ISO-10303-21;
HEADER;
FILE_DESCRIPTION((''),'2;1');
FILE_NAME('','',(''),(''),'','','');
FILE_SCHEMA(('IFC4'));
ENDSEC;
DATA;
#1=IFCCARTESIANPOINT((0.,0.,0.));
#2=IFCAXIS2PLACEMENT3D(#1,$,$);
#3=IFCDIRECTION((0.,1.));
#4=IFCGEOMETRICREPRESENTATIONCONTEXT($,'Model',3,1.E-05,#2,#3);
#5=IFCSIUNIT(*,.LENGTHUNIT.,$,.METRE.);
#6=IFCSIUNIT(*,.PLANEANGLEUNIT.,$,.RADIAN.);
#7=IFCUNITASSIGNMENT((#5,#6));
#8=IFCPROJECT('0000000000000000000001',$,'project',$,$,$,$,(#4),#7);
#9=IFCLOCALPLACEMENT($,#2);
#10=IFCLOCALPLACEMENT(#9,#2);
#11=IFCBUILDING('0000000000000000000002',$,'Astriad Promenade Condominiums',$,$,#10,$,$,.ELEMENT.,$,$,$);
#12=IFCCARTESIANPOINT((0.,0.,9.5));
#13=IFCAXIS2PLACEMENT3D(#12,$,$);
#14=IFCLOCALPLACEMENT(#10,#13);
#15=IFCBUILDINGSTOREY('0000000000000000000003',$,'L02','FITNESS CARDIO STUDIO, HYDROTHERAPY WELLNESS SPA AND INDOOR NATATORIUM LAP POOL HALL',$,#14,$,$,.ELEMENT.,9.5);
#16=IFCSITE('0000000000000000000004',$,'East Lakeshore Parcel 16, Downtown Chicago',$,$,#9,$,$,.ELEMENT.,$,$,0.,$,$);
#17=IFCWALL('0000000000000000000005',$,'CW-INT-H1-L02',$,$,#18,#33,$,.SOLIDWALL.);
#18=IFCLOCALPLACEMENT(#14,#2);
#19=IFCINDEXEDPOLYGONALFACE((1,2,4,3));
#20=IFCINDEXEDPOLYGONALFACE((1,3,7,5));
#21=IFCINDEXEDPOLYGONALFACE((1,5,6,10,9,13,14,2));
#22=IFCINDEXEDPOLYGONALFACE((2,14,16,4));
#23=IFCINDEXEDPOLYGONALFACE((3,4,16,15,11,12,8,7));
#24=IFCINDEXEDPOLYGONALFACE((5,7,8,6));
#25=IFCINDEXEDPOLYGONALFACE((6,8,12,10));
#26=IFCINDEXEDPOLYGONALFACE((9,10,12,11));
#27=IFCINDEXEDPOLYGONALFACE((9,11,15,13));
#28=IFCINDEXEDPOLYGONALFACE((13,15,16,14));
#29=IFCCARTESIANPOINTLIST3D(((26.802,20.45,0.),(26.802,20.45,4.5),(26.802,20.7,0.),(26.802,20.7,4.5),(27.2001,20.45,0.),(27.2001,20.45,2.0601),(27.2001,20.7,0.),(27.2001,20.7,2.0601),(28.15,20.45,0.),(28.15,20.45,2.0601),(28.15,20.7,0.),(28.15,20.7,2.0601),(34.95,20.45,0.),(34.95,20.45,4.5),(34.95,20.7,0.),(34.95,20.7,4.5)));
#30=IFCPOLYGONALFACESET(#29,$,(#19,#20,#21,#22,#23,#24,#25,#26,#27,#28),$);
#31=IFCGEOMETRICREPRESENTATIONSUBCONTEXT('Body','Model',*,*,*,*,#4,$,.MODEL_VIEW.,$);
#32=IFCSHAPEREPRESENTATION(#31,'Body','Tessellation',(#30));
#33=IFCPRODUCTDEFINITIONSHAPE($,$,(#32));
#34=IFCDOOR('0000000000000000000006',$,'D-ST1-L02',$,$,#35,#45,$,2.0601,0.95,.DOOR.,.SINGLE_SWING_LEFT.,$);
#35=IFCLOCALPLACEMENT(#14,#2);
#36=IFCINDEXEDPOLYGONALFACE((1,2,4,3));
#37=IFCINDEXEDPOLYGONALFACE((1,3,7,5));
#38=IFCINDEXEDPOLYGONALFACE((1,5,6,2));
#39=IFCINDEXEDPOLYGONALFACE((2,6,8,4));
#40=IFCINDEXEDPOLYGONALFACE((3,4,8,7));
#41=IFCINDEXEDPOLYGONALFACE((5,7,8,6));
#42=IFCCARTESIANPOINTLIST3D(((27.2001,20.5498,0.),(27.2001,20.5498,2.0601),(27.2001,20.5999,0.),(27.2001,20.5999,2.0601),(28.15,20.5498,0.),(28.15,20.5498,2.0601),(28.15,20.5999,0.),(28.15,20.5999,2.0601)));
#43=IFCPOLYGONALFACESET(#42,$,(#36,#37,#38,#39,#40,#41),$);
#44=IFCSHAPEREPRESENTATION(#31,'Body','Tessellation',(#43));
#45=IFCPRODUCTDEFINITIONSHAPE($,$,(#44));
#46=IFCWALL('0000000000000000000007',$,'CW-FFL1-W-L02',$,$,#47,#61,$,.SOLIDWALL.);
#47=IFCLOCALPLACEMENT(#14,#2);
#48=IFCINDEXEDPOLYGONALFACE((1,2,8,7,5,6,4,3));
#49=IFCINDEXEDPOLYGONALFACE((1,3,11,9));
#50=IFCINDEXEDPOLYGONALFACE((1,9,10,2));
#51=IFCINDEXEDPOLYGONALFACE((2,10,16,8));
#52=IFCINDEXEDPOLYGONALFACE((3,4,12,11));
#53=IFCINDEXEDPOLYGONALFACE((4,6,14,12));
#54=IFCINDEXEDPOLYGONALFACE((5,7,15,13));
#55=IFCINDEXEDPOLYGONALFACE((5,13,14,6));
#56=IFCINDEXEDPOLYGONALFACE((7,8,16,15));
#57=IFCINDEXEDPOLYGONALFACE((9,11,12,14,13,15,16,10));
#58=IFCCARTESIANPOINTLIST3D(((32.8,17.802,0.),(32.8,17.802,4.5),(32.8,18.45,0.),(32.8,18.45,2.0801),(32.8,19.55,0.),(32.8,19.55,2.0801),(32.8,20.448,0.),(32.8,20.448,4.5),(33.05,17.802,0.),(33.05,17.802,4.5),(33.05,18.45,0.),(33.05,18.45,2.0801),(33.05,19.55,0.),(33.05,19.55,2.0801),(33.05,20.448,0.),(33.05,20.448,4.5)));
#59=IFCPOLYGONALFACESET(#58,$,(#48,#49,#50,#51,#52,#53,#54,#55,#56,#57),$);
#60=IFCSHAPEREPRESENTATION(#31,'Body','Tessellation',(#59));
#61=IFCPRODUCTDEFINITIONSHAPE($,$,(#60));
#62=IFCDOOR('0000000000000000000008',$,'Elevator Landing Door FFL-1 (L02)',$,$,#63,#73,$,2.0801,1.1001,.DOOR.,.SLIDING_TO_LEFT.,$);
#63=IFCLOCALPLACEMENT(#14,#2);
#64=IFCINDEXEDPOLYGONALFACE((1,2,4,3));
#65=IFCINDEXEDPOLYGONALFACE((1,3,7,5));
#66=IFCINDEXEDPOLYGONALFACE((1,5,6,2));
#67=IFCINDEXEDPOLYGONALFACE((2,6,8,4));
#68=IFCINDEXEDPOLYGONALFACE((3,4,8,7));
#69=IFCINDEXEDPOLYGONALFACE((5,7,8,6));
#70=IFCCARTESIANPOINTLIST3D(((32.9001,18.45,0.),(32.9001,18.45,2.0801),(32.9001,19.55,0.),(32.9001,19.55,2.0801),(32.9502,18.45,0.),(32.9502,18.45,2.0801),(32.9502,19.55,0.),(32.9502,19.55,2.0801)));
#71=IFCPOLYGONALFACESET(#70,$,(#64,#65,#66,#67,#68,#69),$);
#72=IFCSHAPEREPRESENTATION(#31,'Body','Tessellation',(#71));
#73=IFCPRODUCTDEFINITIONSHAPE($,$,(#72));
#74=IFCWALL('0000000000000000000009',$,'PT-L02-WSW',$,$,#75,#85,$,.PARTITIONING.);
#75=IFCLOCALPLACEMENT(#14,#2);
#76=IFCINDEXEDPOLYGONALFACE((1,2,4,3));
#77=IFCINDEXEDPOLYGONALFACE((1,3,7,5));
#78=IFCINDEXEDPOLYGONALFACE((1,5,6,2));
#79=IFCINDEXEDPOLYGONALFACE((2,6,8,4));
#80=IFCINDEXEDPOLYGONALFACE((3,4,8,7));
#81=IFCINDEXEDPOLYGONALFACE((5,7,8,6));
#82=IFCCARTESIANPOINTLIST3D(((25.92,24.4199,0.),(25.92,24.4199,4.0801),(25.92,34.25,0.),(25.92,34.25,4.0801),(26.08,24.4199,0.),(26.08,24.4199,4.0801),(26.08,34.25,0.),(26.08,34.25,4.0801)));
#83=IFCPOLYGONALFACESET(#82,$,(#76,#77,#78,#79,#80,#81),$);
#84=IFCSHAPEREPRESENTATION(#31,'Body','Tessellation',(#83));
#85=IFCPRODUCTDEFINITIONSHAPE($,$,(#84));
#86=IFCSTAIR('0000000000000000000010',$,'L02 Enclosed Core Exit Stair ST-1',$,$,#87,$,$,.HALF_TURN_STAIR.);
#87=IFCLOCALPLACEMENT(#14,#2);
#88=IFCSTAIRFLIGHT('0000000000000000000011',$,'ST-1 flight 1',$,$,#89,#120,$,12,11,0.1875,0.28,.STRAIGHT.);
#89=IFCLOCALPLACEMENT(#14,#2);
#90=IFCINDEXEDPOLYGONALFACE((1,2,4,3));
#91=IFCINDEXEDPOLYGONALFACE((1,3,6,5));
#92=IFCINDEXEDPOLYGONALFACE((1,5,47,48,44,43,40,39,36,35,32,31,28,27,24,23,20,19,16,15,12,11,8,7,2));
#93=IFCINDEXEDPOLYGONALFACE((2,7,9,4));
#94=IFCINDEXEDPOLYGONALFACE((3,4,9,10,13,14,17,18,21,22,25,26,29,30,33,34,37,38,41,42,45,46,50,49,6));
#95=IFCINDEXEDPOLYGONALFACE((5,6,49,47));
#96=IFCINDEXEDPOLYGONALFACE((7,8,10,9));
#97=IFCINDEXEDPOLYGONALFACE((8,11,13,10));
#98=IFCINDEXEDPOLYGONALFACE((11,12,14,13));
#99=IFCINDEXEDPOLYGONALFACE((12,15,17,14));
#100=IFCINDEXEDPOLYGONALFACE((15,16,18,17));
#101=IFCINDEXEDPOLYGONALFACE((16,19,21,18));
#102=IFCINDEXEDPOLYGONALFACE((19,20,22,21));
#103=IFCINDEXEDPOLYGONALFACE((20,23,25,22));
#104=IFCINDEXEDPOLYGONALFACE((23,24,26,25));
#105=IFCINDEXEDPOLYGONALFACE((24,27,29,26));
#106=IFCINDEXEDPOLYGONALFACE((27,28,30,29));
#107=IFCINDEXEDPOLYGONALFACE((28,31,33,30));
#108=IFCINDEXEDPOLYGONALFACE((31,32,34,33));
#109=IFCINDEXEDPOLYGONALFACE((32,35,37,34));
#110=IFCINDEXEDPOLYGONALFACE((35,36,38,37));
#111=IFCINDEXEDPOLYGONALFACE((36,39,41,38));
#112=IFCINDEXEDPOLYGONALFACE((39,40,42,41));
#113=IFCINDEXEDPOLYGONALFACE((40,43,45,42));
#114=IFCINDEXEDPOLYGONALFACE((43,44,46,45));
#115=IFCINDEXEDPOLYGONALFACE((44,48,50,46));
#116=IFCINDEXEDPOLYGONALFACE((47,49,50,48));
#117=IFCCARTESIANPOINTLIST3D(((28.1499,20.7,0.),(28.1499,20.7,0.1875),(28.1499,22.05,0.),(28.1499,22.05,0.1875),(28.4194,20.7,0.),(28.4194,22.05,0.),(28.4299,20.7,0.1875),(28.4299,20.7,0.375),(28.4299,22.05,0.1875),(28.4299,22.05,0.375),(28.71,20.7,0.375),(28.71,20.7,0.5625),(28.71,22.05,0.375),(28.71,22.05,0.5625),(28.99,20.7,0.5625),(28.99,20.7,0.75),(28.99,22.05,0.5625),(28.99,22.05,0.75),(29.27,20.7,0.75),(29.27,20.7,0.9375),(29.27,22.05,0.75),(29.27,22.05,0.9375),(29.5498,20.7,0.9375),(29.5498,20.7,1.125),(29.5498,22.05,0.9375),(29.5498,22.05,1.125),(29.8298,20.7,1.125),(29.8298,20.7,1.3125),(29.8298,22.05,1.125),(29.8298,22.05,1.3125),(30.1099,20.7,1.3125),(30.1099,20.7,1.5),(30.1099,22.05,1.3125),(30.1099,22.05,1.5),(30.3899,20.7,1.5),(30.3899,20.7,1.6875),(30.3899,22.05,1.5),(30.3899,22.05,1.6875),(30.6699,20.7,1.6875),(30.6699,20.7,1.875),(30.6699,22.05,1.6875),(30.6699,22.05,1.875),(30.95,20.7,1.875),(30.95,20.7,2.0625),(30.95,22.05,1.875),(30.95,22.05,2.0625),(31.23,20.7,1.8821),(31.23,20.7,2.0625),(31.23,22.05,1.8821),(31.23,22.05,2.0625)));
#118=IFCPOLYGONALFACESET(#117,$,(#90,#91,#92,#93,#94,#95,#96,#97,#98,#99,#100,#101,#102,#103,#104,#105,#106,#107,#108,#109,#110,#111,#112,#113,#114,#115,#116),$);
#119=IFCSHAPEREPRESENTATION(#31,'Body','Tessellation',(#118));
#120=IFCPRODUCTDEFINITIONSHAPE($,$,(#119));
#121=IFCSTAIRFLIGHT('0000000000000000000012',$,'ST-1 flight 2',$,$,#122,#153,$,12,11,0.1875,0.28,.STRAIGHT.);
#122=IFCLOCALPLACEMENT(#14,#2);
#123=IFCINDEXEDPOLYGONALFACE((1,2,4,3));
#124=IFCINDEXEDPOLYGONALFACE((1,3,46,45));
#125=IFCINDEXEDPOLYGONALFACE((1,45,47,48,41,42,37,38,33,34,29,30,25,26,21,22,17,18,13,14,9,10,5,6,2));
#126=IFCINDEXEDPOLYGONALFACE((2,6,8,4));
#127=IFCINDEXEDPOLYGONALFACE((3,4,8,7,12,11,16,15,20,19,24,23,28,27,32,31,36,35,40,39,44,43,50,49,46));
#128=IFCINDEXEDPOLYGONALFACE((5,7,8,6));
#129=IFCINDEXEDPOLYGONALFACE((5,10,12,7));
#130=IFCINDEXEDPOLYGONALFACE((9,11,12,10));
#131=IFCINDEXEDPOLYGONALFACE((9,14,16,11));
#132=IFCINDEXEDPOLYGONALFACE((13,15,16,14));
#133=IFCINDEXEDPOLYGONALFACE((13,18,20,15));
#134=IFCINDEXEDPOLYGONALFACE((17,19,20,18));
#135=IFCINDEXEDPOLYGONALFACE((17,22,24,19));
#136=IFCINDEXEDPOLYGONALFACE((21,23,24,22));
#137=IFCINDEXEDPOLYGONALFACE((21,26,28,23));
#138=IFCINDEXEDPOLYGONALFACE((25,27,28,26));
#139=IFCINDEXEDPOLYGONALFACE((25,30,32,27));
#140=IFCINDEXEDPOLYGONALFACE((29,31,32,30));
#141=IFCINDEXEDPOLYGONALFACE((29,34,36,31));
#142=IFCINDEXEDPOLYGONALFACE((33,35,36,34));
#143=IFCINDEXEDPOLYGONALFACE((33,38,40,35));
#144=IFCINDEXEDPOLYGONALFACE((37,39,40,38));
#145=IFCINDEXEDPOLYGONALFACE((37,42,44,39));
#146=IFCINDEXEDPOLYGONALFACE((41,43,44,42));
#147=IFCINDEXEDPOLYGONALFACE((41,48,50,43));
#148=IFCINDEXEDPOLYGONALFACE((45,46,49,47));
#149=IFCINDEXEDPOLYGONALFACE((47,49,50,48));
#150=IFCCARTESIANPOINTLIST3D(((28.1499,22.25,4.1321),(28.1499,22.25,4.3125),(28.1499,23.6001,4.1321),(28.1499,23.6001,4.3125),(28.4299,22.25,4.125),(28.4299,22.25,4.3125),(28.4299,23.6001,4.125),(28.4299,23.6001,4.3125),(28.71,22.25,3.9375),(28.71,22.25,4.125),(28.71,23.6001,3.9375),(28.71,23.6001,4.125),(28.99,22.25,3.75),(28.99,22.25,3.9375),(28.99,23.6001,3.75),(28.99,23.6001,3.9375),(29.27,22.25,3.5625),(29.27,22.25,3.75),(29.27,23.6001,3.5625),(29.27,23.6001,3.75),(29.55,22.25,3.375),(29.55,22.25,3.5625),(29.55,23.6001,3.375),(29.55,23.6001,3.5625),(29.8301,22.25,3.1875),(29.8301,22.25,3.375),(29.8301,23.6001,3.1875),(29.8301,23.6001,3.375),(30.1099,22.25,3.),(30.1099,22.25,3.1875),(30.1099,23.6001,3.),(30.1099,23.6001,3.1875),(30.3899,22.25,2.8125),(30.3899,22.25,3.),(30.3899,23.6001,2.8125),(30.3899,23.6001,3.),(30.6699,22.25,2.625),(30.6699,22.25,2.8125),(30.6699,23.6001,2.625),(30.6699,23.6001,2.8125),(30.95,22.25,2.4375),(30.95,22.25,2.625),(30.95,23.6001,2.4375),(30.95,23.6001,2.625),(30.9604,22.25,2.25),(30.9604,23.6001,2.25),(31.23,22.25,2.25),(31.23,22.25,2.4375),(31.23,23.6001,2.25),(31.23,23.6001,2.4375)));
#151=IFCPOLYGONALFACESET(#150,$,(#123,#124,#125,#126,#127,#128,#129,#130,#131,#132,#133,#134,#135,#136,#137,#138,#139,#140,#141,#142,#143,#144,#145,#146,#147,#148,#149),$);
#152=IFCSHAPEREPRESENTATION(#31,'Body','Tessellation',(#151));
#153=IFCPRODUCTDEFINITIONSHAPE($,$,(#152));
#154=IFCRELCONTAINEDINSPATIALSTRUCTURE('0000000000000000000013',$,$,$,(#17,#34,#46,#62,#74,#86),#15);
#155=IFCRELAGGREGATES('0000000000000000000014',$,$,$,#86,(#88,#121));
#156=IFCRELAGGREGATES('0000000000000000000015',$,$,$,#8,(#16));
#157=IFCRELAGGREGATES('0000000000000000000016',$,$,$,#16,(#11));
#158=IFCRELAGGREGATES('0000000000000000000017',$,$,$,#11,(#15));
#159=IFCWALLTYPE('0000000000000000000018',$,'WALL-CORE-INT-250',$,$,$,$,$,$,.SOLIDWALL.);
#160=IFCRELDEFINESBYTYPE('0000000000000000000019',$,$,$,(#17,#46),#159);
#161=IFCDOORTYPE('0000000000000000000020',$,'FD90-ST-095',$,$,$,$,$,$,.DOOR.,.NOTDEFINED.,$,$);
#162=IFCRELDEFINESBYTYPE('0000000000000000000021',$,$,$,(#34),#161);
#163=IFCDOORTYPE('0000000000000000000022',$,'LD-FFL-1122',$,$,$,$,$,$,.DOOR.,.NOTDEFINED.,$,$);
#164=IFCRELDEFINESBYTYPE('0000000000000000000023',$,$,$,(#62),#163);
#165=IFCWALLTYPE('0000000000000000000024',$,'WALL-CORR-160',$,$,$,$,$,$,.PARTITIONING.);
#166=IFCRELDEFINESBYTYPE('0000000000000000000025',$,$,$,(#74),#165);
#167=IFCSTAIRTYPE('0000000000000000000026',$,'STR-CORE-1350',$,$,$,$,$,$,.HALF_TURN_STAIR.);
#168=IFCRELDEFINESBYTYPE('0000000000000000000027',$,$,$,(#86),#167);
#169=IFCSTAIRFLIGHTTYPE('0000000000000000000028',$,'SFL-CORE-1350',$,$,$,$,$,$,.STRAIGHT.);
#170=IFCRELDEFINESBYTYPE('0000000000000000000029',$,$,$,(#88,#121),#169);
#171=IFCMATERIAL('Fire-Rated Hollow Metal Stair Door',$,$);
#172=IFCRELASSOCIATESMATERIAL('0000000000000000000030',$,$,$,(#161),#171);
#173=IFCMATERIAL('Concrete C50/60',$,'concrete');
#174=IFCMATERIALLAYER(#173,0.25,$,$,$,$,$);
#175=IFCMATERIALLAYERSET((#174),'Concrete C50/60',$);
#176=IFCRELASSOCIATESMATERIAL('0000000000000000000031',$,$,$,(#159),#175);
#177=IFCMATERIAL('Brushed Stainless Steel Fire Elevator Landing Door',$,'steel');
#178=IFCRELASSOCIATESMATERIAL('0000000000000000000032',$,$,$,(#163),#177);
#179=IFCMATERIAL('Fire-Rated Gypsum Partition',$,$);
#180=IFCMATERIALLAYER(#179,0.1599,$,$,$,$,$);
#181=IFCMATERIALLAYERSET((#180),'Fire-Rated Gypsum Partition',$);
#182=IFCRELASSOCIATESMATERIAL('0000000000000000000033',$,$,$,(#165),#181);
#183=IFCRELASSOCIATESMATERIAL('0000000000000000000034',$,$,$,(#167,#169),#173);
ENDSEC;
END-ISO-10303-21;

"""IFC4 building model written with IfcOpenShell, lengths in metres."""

from ifc_helpers import new_model, si_unit, direction, frame, frame_2d, origin, place, context, subcontext, project, spatial, polyline, rectangle, outline, extrude, source, transform, mapped, material, layer, layer_set, type_object, type_shapes, element, fill, aggregate, save


model = new_model("IFC4")

# Units and contexts
model_context = context("Model", 3, precision=1e-05, world=origin(), true_north=direction((0.0, 1.0)))
body_context = subcontext(model_context, "Body", "Model", "MODEL_VIEW")
ifc_project = project(units=[si_unit("LENGTHUNIT", "METRE"), si_unit("PLANEANGLEUNIT", "RADIAN")], contexts=[model_context])

# Site, building, storey
site_placement = place(None, origin())
site = spatial("IfcSite", under=ifc_project, at=site_placement, Name="East Lakeshore Parcel 16, Downtown Chicago", CompositionType="ELEMENT", RefElevation=0.0)
building_placement = place(site_placement, origin())
building = spatial("IfcBuilding", under=site, at=building_placement, Name="Astriad Promenade Condominiums", CompositionType="ELEMENT")
storey_placement = place(building_placement, frame((0.0, 0.0, 9.5)))
storey = spatial("IfcBuildingStorey", under=building, at=storey_placement, Name="L02", Description="FITNESS CARDIO STUDIO, HYDROTHERAPY WELLNESS SPA AND INDOOR NATATORIUM LAP POOL HALL", CompositionType="ELEMENT", Elevation=9.5)

# Shared definitions
ifc_material_1 = material(Name="Fire-Rated Hollow Metal Stair Door")
door_type_1 = type_object("IfcDoorType", Name="FD90-ST-095", OperationType="NOTDEFINED", PredefinedType="DOOR", material=ifc_material_1)
shared_shape_1 = source(origin(), body_context, "Body", "SweptSolid", [
    extrude(rectangle(XDim=0.95, YDim=2.0601, at=frame_2d((0.4751, 1.03))), frame((0.0, 0.0249, 0.0), z_axis=(0.0, -1.0, 0.0), x_axis=(1.0, 0.0, 0.0)), (0.0, 0.0, 1.0), 0.05),
])
type_shapes(door_type_1, [shared_shape_1])

# Walls, openings, doors
ifc_material_2 = material(Name="Concrete C50/60", Category="concrete")
ifc_layer_1 = layer(ifc_material_2, 0.25)
ifc_layer_set_1 = layer_set([ifc_layer_1], Name="Concrete C50/60")
wall_type_1 = type_object("IfcWallType", Name="WALL-CORE-INT-250", PredefinedType="SOLIDWALL", material=ifc_layer_set_1)
wall_1_placement = place(storey_placement, frame((26.802, 20.575, 0.0), z_axis=(0.0, 0.0, 1.0), x_axis=(1.0, 0.0, 0.0)))
wall_1 = element("IfcWall", 1, at=wall_1_placement, inside=storey, type_object=wall_type_1, Name="CW-INT-H1-L02", PredefinedType="SOLIDWALL", context=body_context, shape_type="SweptSolid", body=[
    extrude(rectangle(XDim=8.1479, YDim=0.25, at=frame_2d((4.074, 0.0))), origin(), (0.0, 0.0, 1.0), 4.5),
])
opening_1_placement = place(wall_1_placement, frame((0.3979, 0.0, 0.0)))
opening_1 = element("IfcOpeningElement", 2, at=opening_1_placement, cuts=wall_1, PredefinedType="OPENING", context=body_context, shape_type="SweptSolid", body=[
    extrude(rectangle(XDim=0.95, YDim=2.0601, at=frame_2d((0.4751, 1.03))), frame((0.0, 0.135, 0.0), z_axis=(0.0, -1.0, 0.0), x_axis=(1.0, 0.0, 0.0)), (0.0, 0.0, 1.0), 0.27),
])
door_1_placement = place(opening_1_placement, origin())
door_1 = element("IfcDoor", 3, at=door_1_placement, inside=storey, type_object=door_type_1, Name="D-ST1-L02", OperationType="SINGLE_SWING_LEFT", OverallHeight=2.0601, OverallWidth=0.95, PredefinedType="DOOR", context=body_context, shape_type="MappedRepresentation", body=[
    mapped(shared_shape_1, transform((0.0, 0.0, 0.0), scale=1.0)),
])
fill(opening_1, door_1)
wall_2_placement = place(storey_placement, frame((32.925, 17.802, 0.0), z_axis=(0.0, 0.0, 1.0), x_axis=(0.0, 1.0, 0.0)))
wall_2 = element("IfcWall", 4, at=wall_2_placement, inside=storey, type_object=wall_type_1, Name="CW-FFL1-W-L02", PredefinedType="SOLIDWALL", context=body_context, shape_type="SweptSolid", body=[
    extrude(rectangle(XDim=2.646, YDim=0.25, at=frame_2d((1.323, 0.0))), origin(), (0.0, 0.0, 1.0), 4.5),
])
opening_2_placement = place(wall_2_placement, frame((0.6479, 0.0, 0.0)))
opening_2 = element("IfcOpeningElement", 5, at=opening_2_placement, cuts=wall_2, PredefinedType="OPENING", context=body_context, shape_type="SweptSolid", body=[
    extrude(rectangle(XDim=1.1001, YDim=2.0801, at=frame_2d((0.55, 1.04))), frame((0.0, 0.135, 0.0), z_axis=(0.0, -1.0, 0.0), x_axis=(1.0, 0.0, 0.0)), (0.0, 0.0, 1.0), 0.27),
])
ifc_material_3 = material(Name="Brushed Stainless Steel Fire Elevator Landing Door", Category="steel")
door_type_2 = type_object("IfcDoorType", Name="LD-FFL-1122", OperationType="NOTDEFINED", PredefinedType="DOOR", material=ifc_material_3)
shared_shape_2 = source(origin(), body_context, "Body", "SweptSolid", [
    extrude(rectangle(XDim=1.1001, YDim=2.0801, at=frame_2d((0.55, 1.04))), frame((0.0, 0.0249, 0.0), z_axis=(0.0, -1.0, 0.0), x_axis=(1.0, 0.0, 0.0)), (0.0, 0.0, 1.0), 0.05),
])
type_shapes(door_type_2, [shared_shape_2])
door_2_placement = place(opening_2_placement, origin())
door_2 = element("IfcDoor", 6, at=door_2_placement, inside=storey, type_object=door_type_2, Name="Elevator Landing Door FFL-1 (L02)", OperationType="SLIDING_TO_LEFT", OverallHeight=2.0801, OverallWidth=1.1001, PredefinedType="DOOR", context=body_context, shape_type="MappedRepresentation", body=[
    mapped(shared_shape_2, transform((0.0, 0.0, 0.0), scale=1.0)),
])
fill(opening_2, door_2)

# Wall
ifc_material_4 = material(Name="Fire-Rated Gypsum Partition")
ifc_layer_2 = layer(ifc_material_4, 0.1599)
ifc_layer_set_2 = layer_set([ifc_layer_2], Name="Fire-Rated Gypsum Partition")
wall_type_2 = type_object("IfcWallType", Name="WALL-CORR-160", PredefinedType="PARTITIONING", material=ifc_layer_set_2)
wall_3_placement = place(storey_placement, frame((26.0, 24.4199, 0.0), z_axis=(0.0, 0.0, 1.0), x_axis=(0.0, 1.0, 0.0)))
element("IfcWall", 7, at=wall_3_placement, inside=storey, type_object=wall_type_2, Name="PT-L02-WSW", PredefinedType="PARTITIONING", context=body_context, shape_type="SweptSolid", body=[
    extrude(rectangle(XDim=9.8301, YDim=0.1599, at=frame_2d((4.915, 0.0))), origin(), (0.0, 0.0, 1.0), 4.0801),
])

# Stair, stair flights
stair_type = type_object("IfcStairType", Name="STR-CORE-1350", PredefinedType="HALF_TURN_STAIR", material=ifc_material_2)
stair_placement = place(storey_placement, origin())
stair = element("IfcStair", 8, at=stair_placement, inside=storey, type_object=stair_type, Name="L02 Enclosed Core Exit Stair ST-1", PredefinedType="HALF_TURN_STAIR")
stair_flight_type = type_object("IfcStairFlightType", Name="SFL-CORE-1350", PredefinedType="STRAIGHT", material=ifc_material_2)
shared_shape_3 = source(origin(), body_context, "Body", "SweptSolid", [
    extrude(outline(polyline([(0.0, 0.0), (0.0, 0.1875), (0.28, 0.1875), (0.28, 0.375), (0.5601, 0.375), (0.5601, 0.5625), (0.8401, 0.5625), (0.8401, 0.75), (1.1201, 0.75), (1.1201, 0.9375), (1.3999, 0.9375), (1.3999, 1.125), (1.6799, 1.125), (1.6799, 1.3125), (1.96, 1.3125), (1.96, 1.5), (2.24, 1.5), (2.24, 1.6875), (2.52, 1.6875), (2.52, 1.875), (2.8, 1.875), (2.8, 2.0625), (3.0801, 2.0625), (3.0801, 2.25), (3.0801, 1.8821), (0.2695, 0.0), (0.0, 0.0)])), frame((0.0, 0.675, 0.0), z_axis=(0.0, -1.0, 0.0), x_axis=(1.0, 0.0, 0.0)), (0.0, 0.0, 1.0), 1.3501),
])
type_shapes(stair_flight_type, [shared_shape_3])
stair_flight_1_placement = place(storey_placement, frame((28.1499, 21.375, 0.0), z_axis=(0.0, 0.0, 1.0), x_axis=(1.0, 0.0, 0.0)))
stair_flight_1 = element("IfcStairFlight", 9, at=stair_flight_1_placement, type_object=stair_flight_type, Name="ST-1 flight 1", NumberOfRisers=12, NumberOfTreads=11, PredefinedType="STRAIGHT", RiserHeight=0.1875, TreadLength=0.28, context=body_context, shape_type="MappedRepresentation", body=[
    mapped(shared_shape_3, transform((0.0, 0.0, 0.0), scale=1.0)),
])
stair_flight_2_placement = place(storey_placement, frame((31.23, 22.925, 2.25), z_axis=(0.0, 0.0, 1.0), x_axis=(-1.0, 0.0, 0.0)))
stair_flight_2 = element("IfcStairFlight", 10, at=stair_flight_2_placement, type_object=stair_flight_type, Name="ST-1 flight 2", NumberOfRisers=12, NumberOfTreads=11, PredefinedType="STRAIGHT", RiserHeight=0.1875, TreadLength=0.28, context=body_context, shape_type="MappedRepresentation", body=[
    mapped(shared_shape_3, transform((0.0, 0.0, 0.0), scale=1.0)),
])
aggregate(stair, [stair_flight_1, stair_flight_2])

save(model, "model.ifc")
